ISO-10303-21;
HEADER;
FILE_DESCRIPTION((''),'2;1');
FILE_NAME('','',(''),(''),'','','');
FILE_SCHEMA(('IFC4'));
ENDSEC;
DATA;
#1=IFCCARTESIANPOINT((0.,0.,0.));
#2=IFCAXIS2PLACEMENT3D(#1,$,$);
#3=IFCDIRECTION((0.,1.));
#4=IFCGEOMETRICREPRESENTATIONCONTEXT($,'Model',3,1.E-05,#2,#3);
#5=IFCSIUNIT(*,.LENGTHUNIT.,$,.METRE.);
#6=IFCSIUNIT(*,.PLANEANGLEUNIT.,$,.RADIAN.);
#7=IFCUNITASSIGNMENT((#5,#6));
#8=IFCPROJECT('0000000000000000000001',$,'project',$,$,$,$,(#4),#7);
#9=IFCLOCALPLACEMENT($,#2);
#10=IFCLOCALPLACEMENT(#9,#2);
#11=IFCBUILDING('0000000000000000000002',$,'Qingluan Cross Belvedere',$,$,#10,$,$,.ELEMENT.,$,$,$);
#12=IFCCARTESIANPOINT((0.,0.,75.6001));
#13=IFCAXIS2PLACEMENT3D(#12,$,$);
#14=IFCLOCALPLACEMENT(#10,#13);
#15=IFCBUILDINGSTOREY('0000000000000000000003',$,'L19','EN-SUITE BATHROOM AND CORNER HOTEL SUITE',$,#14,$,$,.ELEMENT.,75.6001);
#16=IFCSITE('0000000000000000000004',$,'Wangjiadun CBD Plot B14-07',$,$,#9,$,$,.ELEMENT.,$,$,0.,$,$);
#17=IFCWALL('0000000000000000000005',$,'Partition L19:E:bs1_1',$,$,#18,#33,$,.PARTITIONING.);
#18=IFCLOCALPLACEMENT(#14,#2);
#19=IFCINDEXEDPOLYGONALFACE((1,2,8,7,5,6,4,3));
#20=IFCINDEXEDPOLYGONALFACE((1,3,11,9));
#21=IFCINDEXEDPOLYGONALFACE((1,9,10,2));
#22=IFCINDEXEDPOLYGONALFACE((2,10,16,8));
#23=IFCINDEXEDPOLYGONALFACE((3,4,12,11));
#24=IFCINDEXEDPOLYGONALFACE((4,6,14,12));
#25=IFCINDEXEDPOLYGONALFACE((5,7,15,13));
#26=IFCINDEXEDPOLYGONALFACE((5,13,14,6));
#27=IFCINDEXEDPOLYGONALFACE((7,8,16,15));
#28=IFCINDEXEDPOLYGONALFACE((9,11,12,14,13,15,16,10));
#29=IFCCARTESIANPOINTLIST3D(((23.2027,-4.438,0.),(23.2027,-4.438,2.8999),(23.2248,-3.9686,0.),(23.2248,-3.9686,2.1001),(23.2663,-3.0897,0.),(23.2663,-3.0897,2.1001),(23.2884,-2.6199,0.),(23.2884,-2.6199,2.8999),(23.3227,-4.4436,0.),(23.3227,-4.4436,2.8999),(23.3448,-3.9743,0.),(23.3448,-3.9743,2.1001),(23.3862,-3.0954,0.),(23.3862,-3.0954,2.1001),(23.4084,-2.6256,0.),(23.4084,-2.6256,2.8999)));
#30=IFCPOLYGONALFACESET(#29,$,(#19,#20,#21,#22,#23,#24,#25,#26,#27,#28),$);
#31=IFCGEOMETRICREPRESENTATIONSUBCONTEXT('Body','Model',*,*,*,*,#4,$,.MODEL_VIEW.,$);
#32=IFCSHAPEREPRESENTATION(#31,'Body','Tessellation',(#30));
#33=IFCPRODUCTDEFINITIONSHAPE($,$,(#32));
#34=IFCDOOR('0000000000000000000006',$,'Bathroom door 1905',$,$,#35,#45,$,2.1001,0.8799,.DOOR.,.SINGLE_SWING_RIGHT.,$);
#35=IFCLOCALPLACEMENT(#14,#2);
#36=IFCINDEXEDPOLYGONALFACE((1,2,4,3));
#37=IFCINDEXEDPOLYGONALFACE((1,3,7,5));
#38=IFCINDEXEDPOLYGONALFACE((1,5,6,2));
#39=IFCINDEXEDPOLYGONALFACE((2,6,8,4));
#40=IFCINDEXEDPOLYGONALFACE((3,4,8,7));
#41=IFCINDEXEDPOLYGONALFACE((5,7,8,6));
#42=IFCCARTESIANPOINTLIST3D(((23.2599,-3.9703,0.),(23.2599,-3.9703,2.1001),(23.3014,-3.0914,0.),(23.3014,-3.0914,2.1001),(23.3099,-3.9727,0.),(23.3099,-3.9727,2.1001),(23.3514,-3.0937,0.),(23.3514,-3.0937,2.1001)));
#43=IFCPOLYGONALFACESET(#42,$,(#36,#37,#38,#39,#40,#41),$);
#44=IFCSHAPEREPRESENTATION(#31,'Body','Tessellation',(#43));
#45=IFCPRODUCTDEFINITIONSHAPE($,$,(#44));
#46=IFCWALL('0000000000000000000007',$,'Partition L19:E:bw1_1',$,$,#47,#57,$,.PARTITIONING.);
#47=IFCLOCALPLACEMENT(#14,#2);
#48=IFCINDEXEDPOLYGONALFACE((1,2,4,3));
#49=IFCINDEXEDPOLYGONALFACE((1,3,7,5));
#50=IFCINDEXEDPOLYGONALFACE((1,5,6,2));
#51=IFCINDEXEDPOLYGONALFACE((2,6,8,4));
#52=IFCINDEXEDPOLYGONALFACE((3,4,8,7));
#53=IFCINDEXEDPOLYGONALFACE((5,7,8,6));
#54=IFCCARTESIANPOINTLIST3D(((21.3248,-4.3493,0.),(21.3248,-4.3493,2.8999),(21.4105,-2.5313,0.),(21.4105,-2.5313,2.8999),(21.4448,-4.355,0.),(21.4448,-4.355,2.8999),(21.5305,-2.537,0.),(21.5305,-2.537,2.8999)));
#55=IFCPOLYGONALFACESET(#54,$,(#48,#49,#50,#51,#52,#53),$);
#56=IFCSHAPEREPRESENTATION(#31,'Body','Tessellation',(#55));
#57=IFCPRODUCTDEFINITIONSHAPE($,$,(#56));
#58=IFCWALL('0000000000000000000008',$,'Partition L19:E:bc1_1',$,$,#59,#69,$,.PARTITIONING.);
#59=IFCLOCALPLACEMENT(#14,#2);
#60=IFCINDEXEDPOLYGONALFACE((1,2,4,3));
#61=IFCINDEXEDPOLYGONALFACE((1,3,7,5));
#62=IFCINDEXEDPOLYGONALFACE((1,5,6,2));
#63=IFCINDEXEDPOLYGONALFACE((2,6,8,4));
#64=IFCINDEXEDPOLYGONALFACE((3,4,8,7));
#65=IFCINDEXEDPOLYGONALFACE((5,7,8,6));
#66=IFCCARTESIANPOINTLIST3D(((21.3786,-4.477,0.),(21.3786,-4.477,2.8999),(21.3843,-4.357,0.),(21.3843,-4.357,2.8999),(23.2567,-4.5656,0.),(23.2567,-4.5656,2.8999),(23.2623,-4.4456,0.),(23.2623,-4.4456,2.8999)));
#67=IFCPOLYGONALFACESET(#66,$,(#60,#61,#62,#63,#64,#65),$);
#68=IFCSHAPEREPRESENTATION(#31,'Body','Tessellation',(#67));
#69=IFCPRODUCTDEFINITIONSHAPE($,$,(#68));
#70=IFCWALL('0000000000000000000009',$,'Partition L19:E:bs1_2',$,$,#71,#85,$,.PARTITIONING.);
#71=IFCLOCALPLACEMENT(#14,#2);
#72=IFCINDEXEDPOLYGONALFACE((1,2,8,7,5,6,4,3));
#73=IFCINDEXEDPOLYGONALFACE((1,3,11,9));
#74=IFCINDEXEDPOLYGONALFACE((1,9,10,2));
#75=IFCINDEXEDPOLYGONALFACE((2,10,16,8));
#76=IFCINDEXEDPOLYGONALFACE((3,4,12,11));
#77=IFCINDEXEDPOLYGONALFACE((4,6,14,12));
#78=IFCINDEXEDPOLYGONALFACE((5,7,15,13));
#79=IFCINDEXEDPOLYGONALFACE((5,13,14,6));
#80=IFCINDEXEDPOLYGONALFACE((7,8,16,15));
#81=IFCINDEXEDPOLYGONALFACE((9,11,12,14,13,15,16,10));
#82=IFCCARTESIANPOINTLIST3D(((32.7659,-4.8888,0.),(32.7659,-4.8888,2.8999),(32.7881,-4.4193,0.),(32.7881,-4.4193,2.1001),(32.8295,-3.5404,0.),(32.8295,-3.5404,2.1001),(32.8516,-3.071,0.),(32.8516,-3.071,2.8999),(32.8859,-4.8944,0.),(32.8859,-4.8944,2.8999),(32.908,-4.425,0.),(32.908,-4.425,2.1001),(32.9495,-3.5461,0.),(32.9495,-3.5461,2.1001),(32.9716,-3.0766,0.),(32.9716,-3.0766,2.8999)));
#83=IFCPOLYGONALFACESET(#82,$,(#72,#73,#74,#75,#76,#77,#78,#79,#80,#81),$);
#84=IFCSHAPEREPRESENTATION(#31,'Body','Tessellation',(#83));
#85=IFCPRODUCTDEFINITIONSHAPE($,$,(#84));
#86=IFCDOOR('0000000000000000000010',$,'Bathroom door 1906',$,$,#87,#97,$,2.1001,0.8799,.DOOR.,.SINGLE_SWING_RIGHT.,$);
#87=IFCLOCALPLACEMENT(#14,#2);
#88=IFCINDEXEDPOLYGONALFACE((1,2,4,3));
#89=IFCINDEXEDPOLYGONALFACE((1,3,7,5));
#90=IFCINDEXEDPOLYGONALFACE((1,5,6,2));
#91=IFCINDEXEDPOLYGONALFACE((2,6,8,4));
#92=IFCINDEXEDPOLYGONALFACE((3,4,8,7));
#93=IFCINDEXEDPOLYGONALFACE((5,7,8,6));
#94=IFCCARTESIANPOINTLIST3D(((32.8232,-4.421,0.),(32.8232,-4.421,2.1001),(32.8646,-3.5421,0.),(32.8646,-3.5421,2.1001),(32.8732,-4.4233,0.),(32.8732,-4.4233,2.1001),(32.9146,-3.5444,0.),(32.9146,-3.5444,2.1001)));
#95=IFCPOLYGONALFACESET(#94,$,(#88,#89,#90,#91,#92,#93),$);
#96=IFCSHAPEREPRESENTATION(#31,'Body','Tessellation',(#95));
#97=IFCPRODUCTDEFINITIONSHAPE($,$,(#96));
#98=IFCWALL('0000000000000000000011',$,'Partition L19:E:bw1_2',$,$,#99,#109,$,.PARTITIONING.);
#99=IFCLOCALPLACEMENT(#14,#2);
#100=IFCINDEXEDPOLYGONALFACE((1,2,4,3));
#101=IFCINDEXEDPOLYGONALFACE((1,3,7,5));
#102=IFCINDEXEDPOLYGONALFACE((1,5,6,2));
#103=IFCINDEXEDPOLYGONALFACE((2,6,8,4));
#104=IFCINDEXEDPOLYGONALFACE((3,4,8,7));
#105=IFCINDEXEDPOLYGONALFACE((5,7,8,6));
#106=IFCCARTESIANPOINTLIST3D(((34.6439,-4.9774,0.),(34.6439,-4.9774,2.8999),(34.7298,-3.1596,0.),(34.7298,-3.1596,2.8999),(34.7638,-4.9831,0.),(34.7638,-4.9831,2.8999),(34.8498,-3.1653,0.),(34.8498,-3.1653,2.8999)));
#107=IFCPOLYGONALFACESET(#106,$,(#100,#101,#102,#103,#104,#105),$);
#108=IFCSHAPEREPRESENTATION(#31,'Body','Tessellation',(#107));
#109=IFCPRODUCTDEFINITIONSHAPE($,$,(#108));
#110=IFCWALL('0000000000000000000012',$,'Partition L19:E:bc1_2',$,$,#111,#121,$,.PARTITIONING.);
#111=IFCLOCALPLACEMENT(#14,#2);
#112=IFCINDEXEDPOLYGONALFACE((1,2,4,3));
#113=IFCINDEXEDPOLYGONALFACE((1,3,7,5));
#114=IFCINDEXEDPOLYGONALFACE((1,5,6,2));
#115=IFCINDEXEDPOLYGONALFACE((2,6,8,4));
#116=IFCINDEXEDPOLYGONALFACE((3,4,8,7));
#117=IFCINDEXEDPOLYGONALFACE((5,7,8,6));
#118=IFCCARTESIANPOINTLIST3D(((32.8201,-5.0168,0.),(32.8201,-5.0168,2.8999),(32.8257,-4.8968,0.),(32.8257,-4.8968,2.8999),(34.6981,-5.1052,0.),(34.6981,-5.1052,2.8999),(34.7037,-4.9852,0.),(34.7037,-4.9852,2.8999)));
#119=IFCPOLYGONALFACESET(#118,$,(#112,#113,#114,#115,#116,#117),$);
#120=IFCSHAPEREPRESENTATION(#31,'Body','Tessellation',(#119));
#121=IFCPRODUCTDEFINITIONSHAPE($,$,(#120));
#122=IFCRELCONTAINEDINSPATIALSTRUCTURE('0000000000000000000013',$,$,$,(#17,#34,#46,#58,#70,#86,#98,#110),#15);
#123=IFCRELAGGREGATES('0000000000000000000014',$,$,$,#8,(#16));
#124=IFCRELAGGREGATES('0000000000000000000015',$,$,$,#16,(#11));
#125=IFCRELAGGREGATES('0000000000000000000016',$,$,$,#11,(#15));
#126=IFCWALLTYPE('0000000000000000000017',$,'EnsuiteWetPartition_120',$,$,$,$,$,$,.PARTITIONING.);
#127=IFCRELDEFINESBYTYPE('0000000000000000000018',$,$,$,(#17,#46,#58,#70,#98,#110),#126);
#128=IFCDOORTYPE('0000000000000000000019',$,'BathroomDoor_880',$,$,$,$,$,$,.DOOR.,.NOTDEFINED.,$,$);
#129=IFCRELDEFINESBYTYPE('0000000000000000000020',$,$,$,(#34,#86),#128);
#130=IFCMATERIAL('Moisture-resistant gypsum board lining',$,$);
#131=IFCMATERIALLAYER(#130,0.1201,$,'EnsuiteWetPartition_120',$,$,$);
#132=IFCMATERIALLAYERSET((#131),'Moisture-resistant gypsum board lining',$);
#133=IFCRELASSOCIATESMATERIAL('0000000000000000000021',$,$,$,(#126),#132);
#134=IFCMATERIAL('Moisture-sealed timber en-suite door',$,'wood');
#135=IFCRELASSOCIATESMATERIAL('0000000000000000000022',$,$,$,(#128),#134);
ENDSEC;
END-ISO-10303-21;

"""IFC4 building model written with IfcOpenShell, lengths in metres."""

from ifc_helpers import new_model, si_unit, direction, frame, frame_2d, origin, place, context, subcontext, project, spatial, rectangle, extrude, material, layer, layer_set, type_object, element, fill, save


model = new_model("IFC4")

# Units and contexts
model_context = context("Model", 3, precision=1e-05, world=origin(), true_north=direction((0.0, 1.0)))
body_context = subcontext(model_context, "Body", "Model", "MODEL_VIEW")
ifc_project = project(units=[si_unit("LENGTHUNIT", "METRE"), si_unit("PLANEANGLEUNIT", "RADIAN")], contexts=[model_context])

# Site, building, storey
site_placement = place(None, origin())
site = spatial("IfcSite", under=ifc_project, at=site_placement, Name="Wangjiadun CBD Plot B14-07", CompositionType="ELEMENT", RefElevation=0.0)
building_placement = place(site_placement, origin())
building = spatial("IfcBuilding", under=site, at=building_placement, Name="Qingluan Cross Belvedere", CompositionType="ELEMENT")
storey_placement = place(building_placement, frame((0.0, 0.0, 75.6001)))
storey = spatial("IfcBuildingStorey", under=building, at=storey_placement, Name="L19", Description="EN-SUITE BATHROOM AND CORNER HOTEL SUITE", CompositionType="ELEMENT", Elevation=75.6001)

# Shared definitions
ifc_material_1 = material(Name="Moisture-resistant gypsum board lining")
ifc_layer_1 = layer(ifc_material_1, 0.1201, Name="EnsuiteWetPartition_120")
ifc_layer_set_1 = layer_set([ifc_layer_1], Name="Moisture-resistant gypsum board lining")
wall_type_1 = type_object("IfcWallType", Name="EnsuiteWetPartition_120", PredefinedType="PARTITIONING", material=ifc_layer_set_1)
ifc_material_2 = material(Name="Moisture-sealed timber en-suite door", Category="wood")
door_type = type_object("IfcDoorType", Name="BathroomDoor_880", OperationType="NOTDEFINED", PredefinedType="DOOR", material=ifc_material_2)

# Wall, opening, door
wall_1_placement = place(storey_placement, frame((23.2627, -4.4409, 0.0), z_axis=(0.0, 0.0, 1.0), x_axis=(0.047081, 0.998891, 0.0)))
wall_1 = element("IfcWall", 1, at=wall_1_placement, inside=storey, type_object=wall_type_1, Name="Partition L19:E:bs1_1", PredefinedType="PARTITIONING", context=body_context, shape_type="SweptSolid", body=[
    extrude(rectangle(XDim=1.8201, YDim=0.1201, at=frame_2d((0.9102, 0.0))), origin(), (0.0, 0.0, 1.0), 2.8999),
])
opening_1_placement = place(wall_1_placement, frame((0.47, 0.0, 0.0)))
opening_1 = element("IfcOpeningElement", 2, at=opening_1_placement, cuts=wall_1, PredefinedType="OPENING", context=body_context, shape_type="SweptSolid", body=[
    extrude(rectangle(XDim=0.8799, YDim=2.1001, at=frame_2d((0.4399, 1.05))), frame((0.0, 0.0701, 0.0), z_axis=(0.0, -1.0, 0.0), x_axis=(1.0, 0.0, 0.0)), (0.0, 0.0, 1.0), 0.1401),
])
door_1_placement = place(opening_1_placement, origin())
door_1 = element("IfcDoor", 3, at=door_1_placement, inside=storey, type_object=door_type, Name="Bathroom door 1905", OperationType="SINGLE_SWING_RIGHT", OverallHeight=2.1001, OverallWidth=0.8799, PredefinedType="DOOR", context=body_context, shape_type="SweptSolid", body=[
    extrude(rectangle(XDim=0.8799, YDim=2.1001, at=frame_2d((0.4399, 1.05))), frame((0.0, 0.0249, 0.0), z_axis=(0.0, -1.0, 0.0), x_axis=(1.0, 0.0, 0.0)), (0.0, 0.0, 1.0), 0.05),
])
fill(opening_1, door_1)

# Walls
wall_2_placement = place(storey_placement, frame((21.3848, -4.3523, 0.0), z_axis=(0.0, 0.0, 1.0), x_axis=(0.047081, 0.998891, 0.0)))
element("IfcWall", 4, at=wall_2_placement, inside=storey, type_object=wall_type_1, Name="Partition L19:E:bw1_1", PredefinedType="PARTITIONING", context=body_context, shape_type="SweptSolid", body=[
    extrude(rectangle(XDim=1.8201, YDim=0.1201, at=frame_2d((0.9102, 0.0))), origin(), (0.0, 0.0, 1.0), 2.8999),
])
wall_3_placement = place(storey_placement, frame((21.3816, -4.417, 0.0), z_axis=(0.0, 0.0, 1.0), x_axis=(0.998888, -0.047139, 0.0)))
element("IfcWall", 5, at=wall_3_placement, inside=storey, type_object=wall_type_1, Name="Partition L19:E:bc1_1", PredefinedType="PARTITIONING", context=body_context, shape_type="SweptSolid", body=[
    extrude(rectangle(XDim=1.8801, YDim=0.1201, at=frame_2d((0.9399, 0.0))), origin(), (0.0, 0.0, 1.0), 2.8999),
])

# Wall, opening, door
wall_4_placement = place(storey_placement, frame((32.8259, -4.8916, 0.0), z_axis=(0.0, 0.0, 1.0), x_axis=(0.047087, 0.998891, 0.0)))
wall_4 = element("IfcWall", 6, at=wall_4_placement, inside=storey, type_object=wall_type_1, Name="Partition L19:E:bs1_2", PredefinedType="PARTITIONING", context=body_context, shape_type="SweptSolid", body=[
    extrude(rectangle(XDim=1.8198, YDim=0.1201, at=frame_2d((0.9099, 0.0))), origin(), (0.0, 0.0, 1.0), 2.8999),
])
opening_2_placement = place(wall_4_placement, frame((0.47, 0.0, 0.0)))
opening_2 = element("IfcOpeningElement", 7, at=opening_2_placement, cuts=wall_4, PredefinedType="OPENING", context=body_context, shape_type="SweptSolid", body=[
    extrude(rectangle(XDim=0.8799, YDim=2.1001, at=frame_2d((0.4399, 1.05))), frame((0.0, 0.0701, 0.0), z_axis=(0.0, -1.0, 0.0), x_axis=(1.0, 0.0, 0.0)), (0.0, 0.0, 1.0), 0.1401),
])
door_2_placement = place(opening_2_placement, origin())
door_2 = element("IfcDoor", 8, at=door_2_placement, inside=storey, type_object=door_type, Name="Bathroom door 1906", OperationType="SINGLE_SWING_RIGHT", OverallHeight=2.1001, OverallWidth=0.8799, PredefinedType="DOOR", context=body_context, shape_type="SweptSolid", body=[
    extrude(rectangle(XDim=0.8799, YDim=2.1001, at=frame_2d((0.4399, 1.05))), frame((0.0, 0.0249, 0.0), z_axis=(0.0, -1.0, 0.0), x_axis=(1.0, 0.0, 0.0)), (0.0, 0.0, 1.0), 0.05),
])
fill(opening_2, door_2)

# Walls
wall_5_placement = place(storey_placement, frame((34.7039, -4.9802, 0.0), z_axis=(0.0, 0.0, 1.0), x_axis=(0.047221, 0.998884, 0.0)))
element("IfcWall", 9, at=wall_5_placement, inside=storey, type_object=wall_type_1, Name="Partition L19:E:bw1_2", PredefinedType="PARTITIONING", context=body_context, shape_type="SweptSolid", body=[
    extrude(rectangle(XDim=1.8198, YDim=0.1201, at=frame_2d((0.9099, 0.0))), origin(), (0.0, 0.0, 1.0), 2.8999),
])
wall_6_placement = place(storey_placement, frame((32.823, -4.9568, 0.0), z_axis=(0.0, 0.0, 1.0), x_axis=(0.998894, -0.04701, 0.0)))
element("IfcWall", 10, at=wall_6_placement, inside=storey, type_object=wall_type_1, Name="Partition L19:E:bc1_2", PredefinedType="PARTITIONING", context=body_context, shape_type="SweptSolid", body=[
    extrude(rectangle(XDim=1.8801, YDim=0.1201, at=frame_2d((0.9399, 0.0))), origin(), (0.0, 0.0, 1.0), 2.8999),
])

save(model, "model.ifc")
